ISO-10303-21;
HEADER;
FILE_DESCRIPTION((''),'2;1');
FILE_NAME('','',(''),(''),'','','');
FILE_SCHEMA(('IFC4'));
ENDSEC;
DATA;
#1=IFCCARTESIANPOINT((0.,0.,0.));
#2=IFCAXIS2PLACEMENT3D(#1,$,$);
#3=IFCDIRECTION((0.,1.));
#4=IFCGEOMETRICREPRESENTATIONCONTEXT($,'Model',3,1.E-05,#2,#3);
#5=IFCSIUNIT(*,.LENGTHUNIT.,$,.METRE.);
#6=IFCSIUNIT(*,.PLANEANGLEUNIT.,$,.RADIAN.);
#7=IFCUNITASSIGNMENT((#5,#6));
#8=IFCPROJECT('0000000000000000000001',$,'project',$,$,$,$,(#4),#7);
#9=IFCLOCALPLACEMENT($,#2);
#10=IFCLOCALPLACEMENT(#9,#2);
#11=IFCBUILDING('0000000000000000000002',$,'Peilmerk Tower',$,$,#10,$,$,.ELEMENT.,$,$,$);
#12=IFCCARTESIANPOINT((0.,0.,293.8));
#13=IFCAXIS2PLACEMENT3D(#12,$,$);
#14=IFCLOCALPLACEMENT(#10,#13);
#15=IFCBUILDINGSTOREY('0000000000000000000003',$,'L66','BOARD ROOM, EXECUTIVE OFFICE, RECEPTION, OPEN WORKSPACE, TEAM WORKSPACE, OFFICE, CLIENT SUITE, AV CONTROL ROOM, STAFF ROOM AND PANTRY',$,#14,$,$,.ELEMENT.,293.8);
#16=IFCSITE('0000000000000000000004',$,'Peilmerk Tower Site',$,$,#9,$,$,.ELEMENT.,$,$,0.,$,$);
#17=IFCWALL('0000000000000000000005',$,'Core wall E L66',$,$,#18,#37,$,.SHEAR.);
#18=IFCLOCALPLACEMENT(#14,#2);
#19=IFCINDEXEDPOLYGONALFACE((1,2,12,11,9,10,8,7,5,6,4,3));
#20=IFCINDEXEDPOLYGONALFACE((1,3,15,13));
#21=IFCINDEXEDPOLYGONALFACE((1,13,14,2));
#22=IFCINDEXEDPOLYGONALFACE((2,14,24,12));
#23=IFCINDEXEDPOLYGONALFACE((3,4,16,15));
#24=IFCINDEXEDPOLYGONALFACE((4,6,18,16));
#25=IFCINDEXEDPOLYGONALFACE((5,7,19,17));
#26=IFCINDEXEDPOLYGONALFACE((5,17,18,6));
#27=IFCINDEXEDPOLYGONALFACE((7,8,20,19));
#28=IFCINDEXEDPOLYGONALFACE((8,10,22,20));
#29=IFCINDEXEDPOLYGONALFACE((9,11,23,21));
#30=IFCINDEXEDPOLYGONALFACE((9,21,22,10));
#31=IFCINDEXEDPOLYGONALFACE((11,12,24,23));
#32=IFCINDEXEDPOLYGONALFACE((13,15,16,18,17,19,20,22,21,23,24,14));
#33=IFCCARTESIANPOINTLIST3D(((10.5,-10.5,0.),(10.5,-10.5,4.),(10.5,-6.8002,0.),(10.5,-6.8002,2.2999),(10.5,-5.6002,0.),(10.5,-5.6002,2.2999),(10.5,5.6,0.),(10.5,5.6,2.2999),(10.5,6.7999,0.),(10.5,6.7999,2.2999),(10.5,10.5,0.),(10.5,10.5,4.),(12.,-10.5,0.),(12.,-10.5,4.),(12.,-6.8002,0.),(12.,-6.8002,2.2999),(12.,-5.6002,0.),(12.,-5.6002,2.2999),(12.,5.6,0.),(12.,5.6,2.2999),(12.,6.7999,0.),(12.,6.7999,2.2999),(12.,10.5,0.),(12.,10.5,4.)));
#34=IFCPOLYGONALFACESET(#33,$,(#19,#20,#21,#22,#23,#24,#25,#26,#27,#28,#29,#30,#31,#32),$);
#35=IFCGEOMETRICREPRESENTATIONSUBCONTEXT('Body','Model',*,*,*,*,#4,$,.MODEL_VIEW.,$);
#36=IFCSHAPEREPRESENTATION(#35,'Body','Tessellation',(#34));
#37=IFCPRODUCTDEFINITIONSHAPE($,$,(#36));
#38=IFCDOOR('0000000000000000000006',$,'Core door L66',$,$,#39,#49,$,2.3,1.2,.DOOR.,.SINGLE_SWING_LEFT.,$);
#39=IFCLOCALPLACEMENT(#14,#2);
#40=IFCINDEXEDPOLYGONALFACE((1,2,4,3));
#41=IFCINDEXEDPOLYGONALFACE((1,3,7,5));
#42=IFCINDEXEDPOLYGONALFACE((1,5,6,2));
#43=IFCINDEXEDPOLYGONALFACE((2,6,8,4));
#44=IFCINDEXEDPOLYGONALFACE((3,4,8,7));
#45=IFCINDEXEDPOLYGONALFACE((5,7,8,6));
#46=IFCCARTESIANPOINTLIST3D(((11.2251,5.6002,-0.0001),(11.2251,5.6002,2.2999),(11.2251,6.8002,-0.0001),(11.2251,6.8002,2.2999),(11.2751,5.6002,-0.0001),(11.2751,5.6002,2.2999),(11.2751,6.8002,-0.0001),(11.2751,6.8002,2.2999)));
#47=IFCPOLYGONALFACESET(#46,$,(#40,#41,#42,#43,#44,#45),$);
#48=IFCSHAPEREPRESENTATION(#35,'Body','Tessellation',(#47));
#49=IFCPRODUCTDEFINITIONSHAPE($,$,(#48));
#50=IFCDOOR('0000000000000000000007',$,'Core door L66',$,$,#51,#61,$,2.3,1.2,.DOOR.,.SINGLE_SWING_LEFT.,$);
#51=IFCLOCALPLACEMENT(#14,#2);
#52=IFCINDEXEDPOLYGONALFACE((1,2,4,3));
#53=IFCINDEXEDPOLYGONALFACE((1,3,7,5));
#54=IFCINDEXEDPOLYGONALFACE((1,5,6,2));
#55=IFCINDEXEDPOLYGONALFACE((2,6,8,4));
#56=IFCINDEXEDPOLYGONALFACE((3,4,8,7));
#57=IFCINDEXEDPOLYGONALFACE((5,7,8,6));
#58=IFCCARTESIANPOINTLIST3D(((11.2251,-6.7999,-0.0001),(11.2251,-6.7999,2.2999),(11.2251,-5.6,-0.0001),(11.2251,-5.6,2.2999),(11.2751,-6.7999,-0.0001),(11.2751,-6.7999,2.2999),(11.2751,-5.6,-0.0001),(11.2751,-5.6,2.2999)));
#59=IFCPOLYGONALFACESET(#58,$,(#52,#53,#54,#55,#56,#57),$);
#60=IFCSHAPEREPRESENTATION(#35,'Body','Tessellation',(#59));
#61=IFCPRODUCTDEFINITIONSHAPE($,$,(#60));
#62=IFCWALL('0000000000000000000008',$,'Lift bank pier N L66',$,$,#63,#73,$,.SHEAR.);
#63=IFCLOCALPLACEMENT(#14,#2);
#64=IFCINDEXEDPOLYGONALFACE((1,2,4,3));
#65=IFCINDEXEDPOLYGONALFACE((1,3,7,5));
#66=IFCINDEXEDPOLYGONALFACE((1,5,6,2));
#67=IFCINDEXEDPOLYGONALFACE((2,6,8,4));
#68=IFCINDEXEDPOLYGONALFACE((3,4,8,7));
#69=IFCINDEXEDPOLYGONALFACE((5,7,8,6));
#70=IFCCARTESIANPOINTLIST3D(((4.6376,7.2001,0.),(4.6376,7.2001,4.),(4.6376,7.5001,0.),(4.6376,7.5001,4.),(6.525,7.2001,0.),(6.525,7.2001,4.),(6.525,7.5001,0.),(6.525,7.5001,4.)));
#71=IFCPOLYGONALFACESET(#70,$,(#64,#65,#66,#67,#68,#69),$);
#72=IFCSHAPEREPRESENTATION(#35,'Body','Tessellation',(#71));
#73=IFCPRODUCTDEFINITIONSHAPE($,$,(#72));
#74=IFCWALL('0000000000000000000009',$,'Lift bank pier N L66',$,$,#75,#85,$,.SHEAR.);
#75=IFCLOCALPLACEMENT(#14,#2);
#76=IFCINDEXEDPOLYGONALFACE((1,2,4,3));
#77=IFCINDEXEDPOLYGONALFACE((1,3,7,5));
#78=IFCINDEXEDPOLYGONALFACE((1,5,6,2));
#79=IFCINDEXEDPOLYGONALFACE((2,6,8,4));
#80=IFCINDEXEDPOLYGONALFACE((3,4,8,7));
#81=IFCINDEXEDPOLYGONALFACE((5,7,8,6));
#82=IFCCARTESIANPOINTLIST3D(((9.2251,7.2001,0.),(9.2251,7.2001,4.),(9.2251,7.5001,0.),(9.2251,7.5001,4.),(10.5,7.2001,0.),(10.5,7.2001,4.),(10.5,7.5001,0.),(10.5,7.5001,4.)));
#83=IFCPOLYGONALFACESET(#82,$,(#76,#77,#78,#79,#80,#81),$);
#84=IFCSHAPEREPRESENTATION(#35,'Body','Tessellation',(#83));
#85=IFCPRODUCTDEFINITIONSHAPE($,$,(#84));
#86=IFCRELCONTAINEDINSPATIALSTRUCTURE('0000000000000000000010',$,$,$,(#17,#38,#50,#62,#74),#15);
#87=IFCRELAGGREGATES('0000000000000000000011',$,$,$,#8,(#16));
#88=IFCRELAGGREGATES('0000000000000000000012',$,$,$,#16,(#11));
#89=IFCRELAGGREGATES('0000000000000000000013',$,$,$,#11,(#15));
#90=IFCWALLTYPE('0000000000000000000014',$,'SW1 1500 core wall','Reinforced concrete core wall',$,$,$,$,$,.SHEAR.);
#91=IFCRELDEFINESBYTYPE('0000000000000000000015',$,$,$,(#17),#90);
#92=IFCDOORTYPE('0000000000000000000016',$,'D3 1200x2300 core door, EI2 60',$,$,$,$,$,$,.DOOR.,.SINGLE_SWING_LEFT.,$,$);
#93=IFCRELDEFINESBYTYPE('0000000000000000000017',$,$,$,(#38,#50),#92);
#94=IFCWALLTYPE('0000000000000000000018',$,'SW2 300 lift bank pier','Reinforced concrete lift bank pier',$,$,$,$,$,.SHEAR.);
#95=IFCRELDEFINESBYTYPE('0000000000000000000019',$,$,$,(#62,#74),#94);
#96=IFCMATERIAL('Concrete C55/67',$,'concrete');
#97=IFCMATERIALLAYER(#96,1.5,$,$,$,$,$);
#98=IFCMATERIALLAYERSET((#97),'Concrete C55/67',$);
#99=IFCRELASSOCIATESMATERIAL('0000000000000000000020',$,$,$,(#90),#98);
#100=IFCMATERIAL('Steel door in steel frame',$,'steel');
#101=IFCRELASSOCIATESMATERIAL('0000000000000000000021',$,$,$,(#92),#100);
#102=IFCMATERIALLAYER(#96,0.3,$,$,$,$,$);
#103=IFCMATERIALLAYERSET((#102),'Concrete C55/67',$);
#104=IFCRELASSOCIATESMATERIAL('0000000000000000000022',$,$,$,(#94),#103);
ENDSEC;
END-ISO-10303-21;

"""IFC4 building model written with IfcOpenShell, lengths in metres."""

from ifc_helpers import new_model, si_unit, direction, frame, frame_2d, origin, place, context, subcontext, project, spatial, rectangle, extrude, material, layer, layer_set, type_object, element, fill, save


model = new_model("IFC4")

# Units and contexts
model_context = context("Model", 3, precision=1e-05, world=origin(), true_north=direction((0.0, 1.0)))
body_context = subcontext(model_context, "Body", "Model", "MODEL_VIEW")
ifc_project = project(units=[si_unit("LENGTHUNIT", "METRE"), si_unit("PLANEANGLEUNIT", "RADIAN")], contexts=[model_context])

# Site, building, storey
site_placement = place(None, origin())
site = spatial("IfcSite", under=ifc_project, at=site_placement, Name="Peilmerk Tower Site", CompositionType="ELEMENT", RefElevation=0.0)
building_placement = place(site_placement, origin())
building = spatial("IfcBuilding", under=site, at=building_placement, Name="Peilmerk Tower", CompositionType="ELEMENT")
storey_placement = place(building_placement, frame((0.0, 0.0, 293.8)))
storey = spatial("IfcBuildingStorey", under=building, at=storey_placement, Name="L66", Description="BOARD ROOM, EXECUTIVE OFFICE, RECEPTION, OPEN WORKSPACE, TEAM WORKSPACE, OFFICE, CLIENT SUITE, AV CONTROL ROOM, STAFF ROOM AND PANTRY", CompositionType="ELEMENT", Elevation=293.8)

# Shared definitions
ifc_material_1 = material(Name="Steel door in steel frame", Category="steel")

# Wall, openings, doors
ifc_material_2 = material(Name="Concrete C55/67", Category="concrete")
ifc_layer_1 = layer(ifc_material_2, 1.5)
ifc_layer_set_1 = layer_set([ifc_layer_1], Name="Concrete C55/67")
wall_type_1 = type_object("IfcWallType", Name="SW1 1500 core wall", Description="Reinforced concrete core wall", PredefinedType="SHEAR", material=ifc_layer_set_1)
wall_1_placement = place(storey_placement, frame((11.25, 10.5, 0.0), z_axis=(0.0, 0.0, 1.0), x_axis=(0.0, -1.0, 0.0)))
wall_1 = element("IfcWall", 1, at=wall_1_placement, inside=storey, type_object=wall_type_1, Name="Core wall E L66", PredefinedType="SHEAR", context=body_context, shape_type="SweptSolid", body=[
    extrude(rectangle(XDim=21.0, YDim=1.5, at=frame_2d((10.5, 0.0))), origin(), (0.0, 0.0, 1.0), 4.0),
])
opening_1_placement = place(wall_1_placement, frame((3.7, 0.0, 0.0)))
opening_1 = element("IfcOpeningElement", 2, at=opening_1_placement, cuts=wall_1, PredefinedType="OPENING", context=body_context, shape_type="SweptSolid", body=[
    extrude(rectangle(XDim=1.2, YDim=2.3, at=frame_2d((0.6001, 1.1499))), frame((0.0, 0.76, 0.0), z_axis=(0.0, -1.0, 0.0), x_axis=(1.0, 0.0, 0.0)), (0.0, 0.0, 1.0), 1.52),
])
opening_2_placement = place(wall_1_placement, frame((16.1001, 0.0, 0.0)))
opening_2 = element("IfcOpeningElement", 3, at=opening_2_placement, cuts=wall_1, PredefinedType="OPENING", context=body_context, shape_type="SweptSolid", body=[
    extrude(rectangle(XDim=1.2, YDim=2.3, at=frame_2d((0.6001, 1.1499))), frame((0.0, 0.76, 0.0), z_axis=(0.0, -1.0, 0.0), x_axis=(1.0, 0.0, 0.0)), (0.0, 0.0, 1.0), 1.52),
])
door_type_1 = type_object("IfcDoorType", Name="D3 1200x2300 core door, EI2 60", OperationType="SINGLE_SWING_LEFT", PredefinedType="DOOR", material=ifc_material_1)
door_1_placement = place(opening_1_placement, frame((1.2, 0.0, 0.0), z_axis=(0.0, 0.0, 1.0), x_axis=(-1.0, 0.0, 0.0)))
door_1 = element("IfcDoor", 4, at=door_1_placement, inside=storey, type_object=door_type_1, Name="Core door L66", OperationType="SINGLE_SWING_LEFT", OverallHeight=2.3, OverallWidth=1.2, PredefinedType="DOOR", context=body_context, shape_type="SweptSolid", body=[
    extrude(rectangle(XDim=1.2, YDim=2.3, at=frame_2d((0.6001, 1.1499))), frame((0.0, 0.0249, 0.0), z_axis=(0.0, -1.0, 0.0), x_axis=(1.0, 0.0, 0.0)), (0.0, 0.0, 1.0), 0.05),
])
fill(opening_1, door_1)
door_2_placement = place(opening_2_placement, frame((1.2, 0.0, 0.0), z_axis=(0.0, 0.0, 1.0), x_axis=(-1.0, 0.0, 0.0)))
door_2 = element("IfcDoor", 5, at=door_2_placement, inside=storey, type_object=door_type_1, Name="Core door L66", OperationType="SINGLE_SWING_LEFT", OverallHeight=2.3, OverallWidth=1.2, PredefinedType="DOOR", context=body_context, shape_type="SweptSolid", body=[
    extrude(rectangle(XDim=1.2, YDim=2.3, at=frame_2d((0.6001, 1.1499))), frame((0.0, 0.0249, 0.0), z_axis=(0.0, -1.0, 0.0), x_axis=(1.0, 0.0, 0.0)), (0.0, 0.0, 1.0), 0.05),
])
fill(opening_2, door_2)

# Walls
ifc_layer_2 = layer(ifc_material_2, 0.3)
ifc_layer_set_2 = layer_set([ifc_layer_2], Name="Concrete C55/67")
wall_type_2 = type_object("IfcWallType", Name="SW2 300 lift bank pier", Description="Reinforced concrete lift bank pier", PredefinedType="SHEAR", material=ifc_layer_set_2)
wall_2_placement = place(storey_placement, frame((4.6375, 7.3501, 0.0), z_axis=(0.0, 0.0, 1.0), x_axis=(1.0, 0.0, 0.0)))
element("IfcWall", 6, at=wall_2_placement, inside=storey, type_object=wall_type_2, Name="Lift bank pier N L66", PredefinedType="SHEAR", context=body_context, shape_type="SweptSolid", body=[
    extrude(rectangle(XDim=1.8875, YDim=0.3, at=frame_2d((0.9438, 0.0))), origin(), (0.0, 0.0, 1.0), 4.0),
])
wall_3_placement = place(storey_placement, frame((9.2251, 7.3501, 0.0), z_axis=(0.0, 0.0, 1.0), x_axis=(1.0, 0.0, 0.0)))
element("IfcWall", 7, at=wall_3_placement, inside=storey, type_object=wall_type_2, Name="Lift bank pier N L66", PredefinedType="SHEAR", context=body_context, shape_type="SweptSolid", body=[
    extrude(rectangle(XDim=1.2749, YDim=0.3, at=frame_2d((0.6375, 0.0))), origin(), (0.0, 0.0, 1.0), 4.0),
])

save(model, "model.ifc")
